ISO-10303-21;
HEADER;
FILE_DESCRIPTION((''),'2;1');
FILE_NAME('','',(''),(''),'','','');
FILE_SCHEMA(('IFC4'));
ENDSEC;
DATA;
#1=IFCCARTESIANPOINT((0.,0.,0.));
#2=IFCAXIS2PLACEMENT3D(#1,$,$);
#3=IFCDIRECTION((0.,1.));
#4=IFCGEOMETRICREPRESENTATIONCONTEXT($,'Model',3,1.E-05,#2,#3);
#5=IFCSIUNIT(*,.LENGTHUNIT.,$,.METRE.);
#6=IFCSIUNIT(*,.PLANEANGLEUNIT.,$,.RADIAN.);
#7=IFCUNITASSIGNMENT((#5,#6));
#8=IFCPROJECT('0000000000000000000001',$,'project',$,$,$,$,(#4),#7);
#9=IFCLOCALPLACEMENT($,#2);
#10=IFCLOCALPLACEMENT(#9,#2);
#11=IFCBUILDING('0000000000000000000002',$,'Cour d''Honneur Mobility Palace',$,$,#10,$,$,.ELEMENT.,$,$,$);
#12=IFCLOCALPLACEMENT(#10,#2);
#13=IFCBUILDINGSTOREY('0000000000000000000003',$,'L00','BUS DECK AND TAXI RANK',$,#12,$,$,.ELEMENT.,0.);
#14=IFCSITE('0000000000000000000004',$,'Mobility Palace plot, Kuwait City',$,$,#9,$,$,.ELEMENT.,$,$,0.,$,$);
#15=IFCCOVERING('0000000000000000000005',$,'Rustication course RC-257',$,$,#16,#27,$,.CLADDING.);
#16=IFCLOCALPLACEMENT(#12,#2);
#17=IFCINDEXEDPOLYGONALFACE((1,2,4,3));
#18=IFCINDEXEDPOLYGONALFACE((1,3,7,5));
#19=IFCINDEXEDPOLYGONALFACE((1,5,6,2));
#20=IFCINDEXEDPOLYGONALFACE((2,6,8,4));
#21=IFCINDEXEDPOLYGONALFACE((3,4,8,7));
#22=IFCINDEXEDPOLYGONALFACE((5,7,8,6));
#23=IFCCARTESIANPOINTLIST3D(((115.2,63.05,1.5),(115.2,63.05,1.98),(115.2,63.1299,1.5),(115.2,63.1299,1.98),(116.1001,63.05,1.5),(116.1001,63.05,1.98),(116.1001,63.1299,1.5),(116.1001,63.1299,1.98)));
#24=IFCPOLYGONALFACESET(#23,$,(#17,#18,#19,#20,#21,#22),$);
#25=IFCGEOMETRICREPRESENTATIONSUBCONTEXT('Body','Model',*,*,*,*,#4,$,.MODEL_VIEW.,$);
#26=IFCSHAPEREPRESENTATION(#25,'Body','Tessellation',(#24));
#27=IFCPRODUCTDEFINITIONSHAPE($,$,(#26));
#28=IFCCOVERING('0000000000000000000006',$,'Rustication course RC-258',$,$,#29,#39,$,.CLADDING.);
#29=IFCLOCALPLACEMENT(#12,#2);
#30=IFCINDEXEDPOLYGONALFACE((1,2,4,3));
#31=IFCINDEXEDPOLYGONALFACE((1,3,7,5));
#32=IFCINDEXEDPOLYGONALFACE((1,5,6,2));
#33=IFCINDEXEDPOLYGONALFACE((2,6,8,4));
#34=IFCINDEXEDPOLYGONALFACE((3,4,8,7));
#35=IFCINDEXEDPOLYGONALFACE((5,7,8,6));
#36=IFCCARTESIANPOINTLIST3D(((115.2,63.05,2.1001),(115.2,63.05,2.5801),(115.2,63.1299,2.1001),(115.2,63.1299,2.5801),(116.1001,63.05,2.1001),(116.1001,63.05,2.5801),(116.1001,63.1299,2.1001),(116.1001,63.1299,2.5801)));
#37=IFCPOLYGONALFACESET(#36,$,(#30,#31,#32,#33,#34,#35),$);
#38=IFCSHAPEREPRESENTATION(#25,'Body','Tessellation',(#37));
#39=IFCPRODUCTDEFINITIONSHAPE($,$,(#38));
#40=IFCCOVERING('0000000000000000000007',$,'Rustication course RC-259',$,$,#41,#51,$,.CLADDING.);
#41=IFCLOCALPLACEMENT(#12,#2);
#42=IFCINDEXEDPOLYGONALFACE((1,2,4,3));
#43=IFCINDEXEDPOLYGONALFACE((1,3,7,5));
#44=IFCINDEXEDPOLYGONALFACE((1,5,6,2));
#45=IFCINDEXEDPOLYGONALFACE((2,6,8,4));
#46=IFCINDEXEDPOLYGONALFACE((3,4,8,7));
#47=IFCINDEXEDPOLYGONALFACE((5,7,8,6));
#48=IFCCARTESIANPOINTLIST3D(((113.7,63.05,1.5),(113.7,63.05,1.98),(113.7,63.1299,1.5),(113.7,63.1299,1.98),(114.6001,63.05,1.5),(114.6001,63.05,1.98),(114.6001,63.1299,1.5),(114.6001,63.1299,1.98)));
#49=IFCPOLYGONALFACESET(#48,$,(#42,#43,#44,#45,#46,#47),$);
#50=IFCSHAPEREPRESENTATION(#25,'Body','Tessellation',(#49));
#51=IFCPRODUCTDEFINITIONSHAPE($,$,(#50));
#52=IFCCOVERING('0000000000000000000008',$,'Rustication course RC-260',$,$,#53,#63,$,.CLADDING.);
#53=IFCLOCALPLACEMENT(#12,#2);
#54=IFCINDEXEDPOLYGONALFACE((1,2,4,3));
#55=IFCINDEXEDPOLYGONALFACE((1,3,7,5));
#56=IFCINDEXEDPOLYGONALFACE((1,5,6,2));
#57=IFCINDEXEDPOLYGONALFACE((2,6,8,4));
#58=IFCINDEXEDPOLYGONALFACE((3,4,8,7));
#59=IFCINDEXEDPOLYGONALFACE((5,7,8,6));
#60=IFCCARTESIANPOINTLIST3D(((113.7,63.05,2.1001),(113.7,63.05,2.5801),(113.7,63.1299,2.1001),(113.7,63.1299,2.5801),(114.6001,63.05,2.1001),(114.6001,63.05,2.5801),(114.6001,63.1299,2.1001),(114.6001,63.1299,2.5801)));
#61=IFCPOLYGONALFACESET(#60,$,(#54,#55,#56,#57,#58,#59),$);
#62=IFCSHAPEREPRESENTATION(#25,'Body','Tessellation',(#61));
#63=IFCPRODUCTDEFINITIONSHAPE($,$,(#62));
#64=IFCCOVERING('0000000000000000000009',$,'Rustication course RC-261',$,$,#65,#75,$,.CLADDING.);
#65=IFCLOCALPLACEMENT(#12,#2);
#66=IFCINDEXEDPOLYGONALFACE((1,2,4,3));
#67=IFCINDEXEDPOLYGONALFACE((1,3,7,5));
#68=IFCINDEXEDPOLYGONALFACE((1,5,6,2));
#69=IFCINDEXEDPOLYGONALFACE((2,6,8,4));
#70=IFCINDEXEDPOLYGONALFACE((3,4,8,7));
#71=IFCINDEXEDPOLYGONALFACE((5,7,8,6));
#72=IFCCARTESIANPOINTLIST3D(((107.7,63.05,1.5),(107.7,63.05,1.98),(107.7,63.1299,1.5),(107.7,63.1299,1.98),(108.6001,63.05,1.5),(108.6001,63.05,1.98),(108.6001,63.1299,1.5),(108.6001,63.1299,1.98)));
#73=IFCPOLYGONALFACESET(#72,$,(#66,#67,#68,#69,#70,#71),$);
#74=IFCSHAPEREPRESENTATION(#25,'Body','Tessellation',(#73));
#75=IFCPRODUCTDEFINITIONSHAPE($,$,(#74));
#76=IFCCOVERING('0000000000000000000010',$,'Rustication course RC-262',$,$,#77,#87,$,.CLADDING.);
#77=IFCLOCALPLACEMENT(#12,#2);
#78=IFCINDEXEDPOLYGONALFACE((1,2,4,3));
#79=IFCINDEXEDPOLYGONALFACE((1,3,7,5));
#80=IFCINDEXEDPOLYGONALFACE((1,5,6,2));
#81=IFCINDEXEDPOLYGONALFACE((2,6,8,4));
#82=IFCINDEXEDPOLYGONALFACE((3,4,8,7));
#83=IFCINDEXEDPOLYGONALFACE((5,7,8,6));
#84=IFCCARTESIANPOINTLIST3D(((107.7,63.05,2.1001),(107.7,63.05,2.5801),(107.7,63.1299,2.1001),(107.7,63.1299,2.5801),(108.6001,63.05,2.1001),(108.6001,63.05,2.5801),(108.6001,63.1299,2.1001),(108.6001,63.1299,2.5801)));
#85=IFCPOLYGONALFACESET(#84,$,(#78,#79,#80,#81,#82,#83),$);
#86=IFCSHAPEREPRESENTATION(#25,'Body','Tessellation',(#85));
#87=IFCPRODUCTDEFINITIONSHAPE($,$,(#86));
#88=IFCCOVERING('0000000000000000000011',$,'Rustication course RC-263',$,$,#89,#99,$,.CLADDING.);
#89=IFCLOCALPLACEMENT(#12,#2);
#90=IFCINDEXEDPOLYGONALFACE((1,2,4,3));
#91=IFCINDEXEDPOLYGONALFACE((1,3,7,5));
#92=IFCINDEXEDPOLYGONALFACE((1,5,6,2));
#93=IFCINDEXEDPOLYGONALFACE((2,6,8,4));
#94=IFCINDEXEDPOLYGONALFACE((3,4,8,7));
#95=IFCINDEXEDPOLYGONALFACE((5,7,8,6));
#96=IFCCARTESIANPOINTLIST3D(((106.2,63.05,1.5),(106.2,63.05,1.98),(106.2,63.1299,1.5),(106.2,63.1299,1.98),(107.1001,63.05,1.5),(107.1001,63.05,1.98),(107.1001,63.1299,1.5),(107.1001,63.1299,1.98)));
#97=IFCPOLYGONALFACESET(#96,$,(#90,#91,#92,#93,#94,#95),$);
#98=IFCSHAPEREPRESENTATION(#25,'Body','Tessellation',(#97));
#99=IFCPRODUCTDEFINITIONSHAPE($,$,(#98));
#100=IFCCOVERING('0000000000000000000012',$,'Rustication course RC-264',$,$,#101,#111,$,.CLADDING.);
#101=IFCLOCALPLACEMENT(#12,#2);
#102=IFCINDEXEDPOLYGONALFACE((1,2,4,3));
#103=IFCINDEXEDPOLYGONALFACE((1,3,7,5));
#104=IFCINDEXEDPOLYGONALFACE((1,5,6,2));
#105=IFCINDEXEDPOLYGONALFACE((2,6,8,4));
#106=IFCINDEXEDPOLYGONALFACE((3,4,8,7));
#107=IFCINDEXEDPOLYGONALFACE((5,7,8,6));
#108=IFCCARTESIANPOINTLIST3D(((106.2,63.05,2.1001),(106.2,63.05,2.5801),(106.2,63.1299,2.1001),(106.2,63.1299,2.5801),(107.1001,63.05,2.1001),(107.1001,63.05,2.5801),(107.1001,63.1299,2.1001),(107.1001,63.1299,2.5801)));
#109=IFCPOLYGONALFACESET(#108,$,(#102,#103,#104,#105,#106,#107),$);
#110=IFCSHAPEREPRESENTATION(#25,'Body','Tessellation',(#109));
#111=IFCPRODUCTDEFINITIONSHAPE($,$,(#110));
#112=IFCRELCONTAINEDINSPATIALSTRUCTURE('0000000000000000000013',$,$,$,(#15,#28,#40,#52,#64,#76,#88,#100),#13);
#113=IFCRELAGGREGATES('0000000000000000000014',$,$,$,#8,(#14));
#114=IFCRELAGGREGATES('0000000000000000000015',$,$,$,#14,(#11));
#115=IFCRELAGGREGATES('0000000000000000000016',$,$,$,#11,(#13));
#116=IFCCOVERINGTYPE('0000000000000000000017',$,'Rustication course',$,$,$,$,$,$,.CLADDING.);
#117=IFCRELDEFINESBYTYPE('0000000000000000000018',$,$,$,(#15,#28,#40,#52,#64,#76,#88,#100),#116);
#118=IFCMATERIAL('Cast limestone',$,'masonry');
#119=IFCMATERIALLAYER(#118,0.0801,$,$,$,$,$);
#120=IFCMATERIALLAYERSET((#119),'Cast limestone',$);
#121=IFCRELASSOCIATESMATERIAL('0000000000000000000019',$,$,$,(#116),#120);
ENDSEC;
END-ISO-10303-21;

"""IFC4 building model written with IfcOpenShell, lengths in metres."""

from ifc_helpers import new_model, si_unit, direction, frame, origin, place, context, subcontext, project, spatial, polyline, outline, extrude, material, layer, layer_set, type_object, element, save


model = new_model("IFC4")

# Units and contexts
model_context = context("Model", 3, precision=1e-05, world=origin(), true_north=direction((0.0, 1.0)))
body_context = subcontext(model_context, "Body", "Model", "MODEL_VIEW")
ifc_project = project(units=[si_unit("LENGTHUNIT", "METRE"), si_unit("PLANEANGLEUNIT", "RADIAN")], contexts=[model_context])

# Site, building, storey
site_placement = place(None, origin())
site = spatial("IfcSite", under=ifc_project, at=site_placement, Name="Mobility Palace plot, Kuwait City", CompositionType="ELEMENT", RefElevation=0.0)
building_placement = place(site_placement, origin())
building = spatial("IfcBuilding", under=site, at=building_placement, Name="Cour d'Honneur Mobility Palace", CompositionType="ELEMENT")
storey_placement = place(building_placement, origin())
storey = spatial("IfcBuildingStorey", under=building, at=storey_placement, Name="L00", Description="BUS DECK AND TAXI RANK", CompositionType="ELEMENT", Elevation=0.0)

# Coverings
ifc_material_1 = material(Name="Cast limestone", Category="masonry")
ifc_layer_1 = layer(ifc_material_1, 0.0801)
ifc_layer_set_1 = layer_set([ifc_layer_1], Name="Cast limestone")
covering_type_1 = type_object("IfcCoveringType", Name="Rustication course", PredefinedType="CLADDING", material=ifc_layer_set_1)
for number, where, name in (
    (1, (0.0, 0.0, 1.5), "Rustication course RC-257"),
    (2, (0.0, 0.0, 2.1001), "Rustication course RC-258"),
):
    element("IfcCovering", number, at=place(storey_placement, frame(where)), inside=storey, type_object=covering_type_1, Name=name, PredefinedType="CLADDING", context=body_context, shape_type="SweptSolid", body=[
        extrude(outline(polyline([(116.1001, 63.05), (115.2, 63.05), (115.2, 63.1299), (116.1001, 63.1299), (116.1001, 63.05)])), origin(), (0.0, 0.0, 1.0), 0.48),
    ])
for number, where, name in (
    (3, (0.0, 0.0, 1.5), "Rustication course RC-259"),
    (4, (0.0, 0.0, 2.1001), "Rustication course RC-260"),
):
    element("IfcCovering", number, at=place(storey_placement, frame(where)), inside=storey, type_object=covering_type_1, Name=name, PredefinedType="CLADDING", context=body_context, shape_type="SweptSolid", body=[
        extrude(outline(polyline([(114.6001, 63.05), (113.7, 63.05), (113.7, 63.1299), (114.6001, 63.1299), (114.6001, 63.05)])), origin(), (0.0, 0.0, 1.0), 0.48),
    ])
for number, where, name in (
    (5, (0.0, 0.0, 1.5), "Rustication course RC-261"),
    (6, (0.0, 0.0, 2.1001), "Rustication course RC-262"),
):
    element("IfcCovering", number, at=place(storey_placement, frame(where)), inside=storey, type_object=covering_type_1, Name=name, PredefinedType="CLADDING", context=body_context, shape_type="SweptSolid", body=[
        extrude(outline(polyline([(108.6001, 63.05), (107.7, 63.05), (107.7, 63.1299), (108.6001, 63.1299), (108.6001, 63.05)])), origin(), (0.0, 0.0, 1.0), 0.48),
    ])
for number, where, name in (
    (7, (0.0, 0.0, 1.5), "Rustication course RC-263"),
    (8, (0.0, 0.0, 2.1001), "Rustication course RC-264"),
):
    element("IfcCovering", number, at=place(storey_placement, frame(where)), inside=storey, type_object=covering_type_1, Name=name, PredefinedType="CLADDING", context=body_context, shape_type="SweptSolid", body=[
        extrude(outline(polyline([(107.1001, 63.05), (106.2, 63.05), (106.2, 63.1299), (107.1001, 63.1299), (107.1001, 63.05)])), origin(), (0.0, 0.0, 1.0), 0.48),
    ])

save(model, "model.ifc")
